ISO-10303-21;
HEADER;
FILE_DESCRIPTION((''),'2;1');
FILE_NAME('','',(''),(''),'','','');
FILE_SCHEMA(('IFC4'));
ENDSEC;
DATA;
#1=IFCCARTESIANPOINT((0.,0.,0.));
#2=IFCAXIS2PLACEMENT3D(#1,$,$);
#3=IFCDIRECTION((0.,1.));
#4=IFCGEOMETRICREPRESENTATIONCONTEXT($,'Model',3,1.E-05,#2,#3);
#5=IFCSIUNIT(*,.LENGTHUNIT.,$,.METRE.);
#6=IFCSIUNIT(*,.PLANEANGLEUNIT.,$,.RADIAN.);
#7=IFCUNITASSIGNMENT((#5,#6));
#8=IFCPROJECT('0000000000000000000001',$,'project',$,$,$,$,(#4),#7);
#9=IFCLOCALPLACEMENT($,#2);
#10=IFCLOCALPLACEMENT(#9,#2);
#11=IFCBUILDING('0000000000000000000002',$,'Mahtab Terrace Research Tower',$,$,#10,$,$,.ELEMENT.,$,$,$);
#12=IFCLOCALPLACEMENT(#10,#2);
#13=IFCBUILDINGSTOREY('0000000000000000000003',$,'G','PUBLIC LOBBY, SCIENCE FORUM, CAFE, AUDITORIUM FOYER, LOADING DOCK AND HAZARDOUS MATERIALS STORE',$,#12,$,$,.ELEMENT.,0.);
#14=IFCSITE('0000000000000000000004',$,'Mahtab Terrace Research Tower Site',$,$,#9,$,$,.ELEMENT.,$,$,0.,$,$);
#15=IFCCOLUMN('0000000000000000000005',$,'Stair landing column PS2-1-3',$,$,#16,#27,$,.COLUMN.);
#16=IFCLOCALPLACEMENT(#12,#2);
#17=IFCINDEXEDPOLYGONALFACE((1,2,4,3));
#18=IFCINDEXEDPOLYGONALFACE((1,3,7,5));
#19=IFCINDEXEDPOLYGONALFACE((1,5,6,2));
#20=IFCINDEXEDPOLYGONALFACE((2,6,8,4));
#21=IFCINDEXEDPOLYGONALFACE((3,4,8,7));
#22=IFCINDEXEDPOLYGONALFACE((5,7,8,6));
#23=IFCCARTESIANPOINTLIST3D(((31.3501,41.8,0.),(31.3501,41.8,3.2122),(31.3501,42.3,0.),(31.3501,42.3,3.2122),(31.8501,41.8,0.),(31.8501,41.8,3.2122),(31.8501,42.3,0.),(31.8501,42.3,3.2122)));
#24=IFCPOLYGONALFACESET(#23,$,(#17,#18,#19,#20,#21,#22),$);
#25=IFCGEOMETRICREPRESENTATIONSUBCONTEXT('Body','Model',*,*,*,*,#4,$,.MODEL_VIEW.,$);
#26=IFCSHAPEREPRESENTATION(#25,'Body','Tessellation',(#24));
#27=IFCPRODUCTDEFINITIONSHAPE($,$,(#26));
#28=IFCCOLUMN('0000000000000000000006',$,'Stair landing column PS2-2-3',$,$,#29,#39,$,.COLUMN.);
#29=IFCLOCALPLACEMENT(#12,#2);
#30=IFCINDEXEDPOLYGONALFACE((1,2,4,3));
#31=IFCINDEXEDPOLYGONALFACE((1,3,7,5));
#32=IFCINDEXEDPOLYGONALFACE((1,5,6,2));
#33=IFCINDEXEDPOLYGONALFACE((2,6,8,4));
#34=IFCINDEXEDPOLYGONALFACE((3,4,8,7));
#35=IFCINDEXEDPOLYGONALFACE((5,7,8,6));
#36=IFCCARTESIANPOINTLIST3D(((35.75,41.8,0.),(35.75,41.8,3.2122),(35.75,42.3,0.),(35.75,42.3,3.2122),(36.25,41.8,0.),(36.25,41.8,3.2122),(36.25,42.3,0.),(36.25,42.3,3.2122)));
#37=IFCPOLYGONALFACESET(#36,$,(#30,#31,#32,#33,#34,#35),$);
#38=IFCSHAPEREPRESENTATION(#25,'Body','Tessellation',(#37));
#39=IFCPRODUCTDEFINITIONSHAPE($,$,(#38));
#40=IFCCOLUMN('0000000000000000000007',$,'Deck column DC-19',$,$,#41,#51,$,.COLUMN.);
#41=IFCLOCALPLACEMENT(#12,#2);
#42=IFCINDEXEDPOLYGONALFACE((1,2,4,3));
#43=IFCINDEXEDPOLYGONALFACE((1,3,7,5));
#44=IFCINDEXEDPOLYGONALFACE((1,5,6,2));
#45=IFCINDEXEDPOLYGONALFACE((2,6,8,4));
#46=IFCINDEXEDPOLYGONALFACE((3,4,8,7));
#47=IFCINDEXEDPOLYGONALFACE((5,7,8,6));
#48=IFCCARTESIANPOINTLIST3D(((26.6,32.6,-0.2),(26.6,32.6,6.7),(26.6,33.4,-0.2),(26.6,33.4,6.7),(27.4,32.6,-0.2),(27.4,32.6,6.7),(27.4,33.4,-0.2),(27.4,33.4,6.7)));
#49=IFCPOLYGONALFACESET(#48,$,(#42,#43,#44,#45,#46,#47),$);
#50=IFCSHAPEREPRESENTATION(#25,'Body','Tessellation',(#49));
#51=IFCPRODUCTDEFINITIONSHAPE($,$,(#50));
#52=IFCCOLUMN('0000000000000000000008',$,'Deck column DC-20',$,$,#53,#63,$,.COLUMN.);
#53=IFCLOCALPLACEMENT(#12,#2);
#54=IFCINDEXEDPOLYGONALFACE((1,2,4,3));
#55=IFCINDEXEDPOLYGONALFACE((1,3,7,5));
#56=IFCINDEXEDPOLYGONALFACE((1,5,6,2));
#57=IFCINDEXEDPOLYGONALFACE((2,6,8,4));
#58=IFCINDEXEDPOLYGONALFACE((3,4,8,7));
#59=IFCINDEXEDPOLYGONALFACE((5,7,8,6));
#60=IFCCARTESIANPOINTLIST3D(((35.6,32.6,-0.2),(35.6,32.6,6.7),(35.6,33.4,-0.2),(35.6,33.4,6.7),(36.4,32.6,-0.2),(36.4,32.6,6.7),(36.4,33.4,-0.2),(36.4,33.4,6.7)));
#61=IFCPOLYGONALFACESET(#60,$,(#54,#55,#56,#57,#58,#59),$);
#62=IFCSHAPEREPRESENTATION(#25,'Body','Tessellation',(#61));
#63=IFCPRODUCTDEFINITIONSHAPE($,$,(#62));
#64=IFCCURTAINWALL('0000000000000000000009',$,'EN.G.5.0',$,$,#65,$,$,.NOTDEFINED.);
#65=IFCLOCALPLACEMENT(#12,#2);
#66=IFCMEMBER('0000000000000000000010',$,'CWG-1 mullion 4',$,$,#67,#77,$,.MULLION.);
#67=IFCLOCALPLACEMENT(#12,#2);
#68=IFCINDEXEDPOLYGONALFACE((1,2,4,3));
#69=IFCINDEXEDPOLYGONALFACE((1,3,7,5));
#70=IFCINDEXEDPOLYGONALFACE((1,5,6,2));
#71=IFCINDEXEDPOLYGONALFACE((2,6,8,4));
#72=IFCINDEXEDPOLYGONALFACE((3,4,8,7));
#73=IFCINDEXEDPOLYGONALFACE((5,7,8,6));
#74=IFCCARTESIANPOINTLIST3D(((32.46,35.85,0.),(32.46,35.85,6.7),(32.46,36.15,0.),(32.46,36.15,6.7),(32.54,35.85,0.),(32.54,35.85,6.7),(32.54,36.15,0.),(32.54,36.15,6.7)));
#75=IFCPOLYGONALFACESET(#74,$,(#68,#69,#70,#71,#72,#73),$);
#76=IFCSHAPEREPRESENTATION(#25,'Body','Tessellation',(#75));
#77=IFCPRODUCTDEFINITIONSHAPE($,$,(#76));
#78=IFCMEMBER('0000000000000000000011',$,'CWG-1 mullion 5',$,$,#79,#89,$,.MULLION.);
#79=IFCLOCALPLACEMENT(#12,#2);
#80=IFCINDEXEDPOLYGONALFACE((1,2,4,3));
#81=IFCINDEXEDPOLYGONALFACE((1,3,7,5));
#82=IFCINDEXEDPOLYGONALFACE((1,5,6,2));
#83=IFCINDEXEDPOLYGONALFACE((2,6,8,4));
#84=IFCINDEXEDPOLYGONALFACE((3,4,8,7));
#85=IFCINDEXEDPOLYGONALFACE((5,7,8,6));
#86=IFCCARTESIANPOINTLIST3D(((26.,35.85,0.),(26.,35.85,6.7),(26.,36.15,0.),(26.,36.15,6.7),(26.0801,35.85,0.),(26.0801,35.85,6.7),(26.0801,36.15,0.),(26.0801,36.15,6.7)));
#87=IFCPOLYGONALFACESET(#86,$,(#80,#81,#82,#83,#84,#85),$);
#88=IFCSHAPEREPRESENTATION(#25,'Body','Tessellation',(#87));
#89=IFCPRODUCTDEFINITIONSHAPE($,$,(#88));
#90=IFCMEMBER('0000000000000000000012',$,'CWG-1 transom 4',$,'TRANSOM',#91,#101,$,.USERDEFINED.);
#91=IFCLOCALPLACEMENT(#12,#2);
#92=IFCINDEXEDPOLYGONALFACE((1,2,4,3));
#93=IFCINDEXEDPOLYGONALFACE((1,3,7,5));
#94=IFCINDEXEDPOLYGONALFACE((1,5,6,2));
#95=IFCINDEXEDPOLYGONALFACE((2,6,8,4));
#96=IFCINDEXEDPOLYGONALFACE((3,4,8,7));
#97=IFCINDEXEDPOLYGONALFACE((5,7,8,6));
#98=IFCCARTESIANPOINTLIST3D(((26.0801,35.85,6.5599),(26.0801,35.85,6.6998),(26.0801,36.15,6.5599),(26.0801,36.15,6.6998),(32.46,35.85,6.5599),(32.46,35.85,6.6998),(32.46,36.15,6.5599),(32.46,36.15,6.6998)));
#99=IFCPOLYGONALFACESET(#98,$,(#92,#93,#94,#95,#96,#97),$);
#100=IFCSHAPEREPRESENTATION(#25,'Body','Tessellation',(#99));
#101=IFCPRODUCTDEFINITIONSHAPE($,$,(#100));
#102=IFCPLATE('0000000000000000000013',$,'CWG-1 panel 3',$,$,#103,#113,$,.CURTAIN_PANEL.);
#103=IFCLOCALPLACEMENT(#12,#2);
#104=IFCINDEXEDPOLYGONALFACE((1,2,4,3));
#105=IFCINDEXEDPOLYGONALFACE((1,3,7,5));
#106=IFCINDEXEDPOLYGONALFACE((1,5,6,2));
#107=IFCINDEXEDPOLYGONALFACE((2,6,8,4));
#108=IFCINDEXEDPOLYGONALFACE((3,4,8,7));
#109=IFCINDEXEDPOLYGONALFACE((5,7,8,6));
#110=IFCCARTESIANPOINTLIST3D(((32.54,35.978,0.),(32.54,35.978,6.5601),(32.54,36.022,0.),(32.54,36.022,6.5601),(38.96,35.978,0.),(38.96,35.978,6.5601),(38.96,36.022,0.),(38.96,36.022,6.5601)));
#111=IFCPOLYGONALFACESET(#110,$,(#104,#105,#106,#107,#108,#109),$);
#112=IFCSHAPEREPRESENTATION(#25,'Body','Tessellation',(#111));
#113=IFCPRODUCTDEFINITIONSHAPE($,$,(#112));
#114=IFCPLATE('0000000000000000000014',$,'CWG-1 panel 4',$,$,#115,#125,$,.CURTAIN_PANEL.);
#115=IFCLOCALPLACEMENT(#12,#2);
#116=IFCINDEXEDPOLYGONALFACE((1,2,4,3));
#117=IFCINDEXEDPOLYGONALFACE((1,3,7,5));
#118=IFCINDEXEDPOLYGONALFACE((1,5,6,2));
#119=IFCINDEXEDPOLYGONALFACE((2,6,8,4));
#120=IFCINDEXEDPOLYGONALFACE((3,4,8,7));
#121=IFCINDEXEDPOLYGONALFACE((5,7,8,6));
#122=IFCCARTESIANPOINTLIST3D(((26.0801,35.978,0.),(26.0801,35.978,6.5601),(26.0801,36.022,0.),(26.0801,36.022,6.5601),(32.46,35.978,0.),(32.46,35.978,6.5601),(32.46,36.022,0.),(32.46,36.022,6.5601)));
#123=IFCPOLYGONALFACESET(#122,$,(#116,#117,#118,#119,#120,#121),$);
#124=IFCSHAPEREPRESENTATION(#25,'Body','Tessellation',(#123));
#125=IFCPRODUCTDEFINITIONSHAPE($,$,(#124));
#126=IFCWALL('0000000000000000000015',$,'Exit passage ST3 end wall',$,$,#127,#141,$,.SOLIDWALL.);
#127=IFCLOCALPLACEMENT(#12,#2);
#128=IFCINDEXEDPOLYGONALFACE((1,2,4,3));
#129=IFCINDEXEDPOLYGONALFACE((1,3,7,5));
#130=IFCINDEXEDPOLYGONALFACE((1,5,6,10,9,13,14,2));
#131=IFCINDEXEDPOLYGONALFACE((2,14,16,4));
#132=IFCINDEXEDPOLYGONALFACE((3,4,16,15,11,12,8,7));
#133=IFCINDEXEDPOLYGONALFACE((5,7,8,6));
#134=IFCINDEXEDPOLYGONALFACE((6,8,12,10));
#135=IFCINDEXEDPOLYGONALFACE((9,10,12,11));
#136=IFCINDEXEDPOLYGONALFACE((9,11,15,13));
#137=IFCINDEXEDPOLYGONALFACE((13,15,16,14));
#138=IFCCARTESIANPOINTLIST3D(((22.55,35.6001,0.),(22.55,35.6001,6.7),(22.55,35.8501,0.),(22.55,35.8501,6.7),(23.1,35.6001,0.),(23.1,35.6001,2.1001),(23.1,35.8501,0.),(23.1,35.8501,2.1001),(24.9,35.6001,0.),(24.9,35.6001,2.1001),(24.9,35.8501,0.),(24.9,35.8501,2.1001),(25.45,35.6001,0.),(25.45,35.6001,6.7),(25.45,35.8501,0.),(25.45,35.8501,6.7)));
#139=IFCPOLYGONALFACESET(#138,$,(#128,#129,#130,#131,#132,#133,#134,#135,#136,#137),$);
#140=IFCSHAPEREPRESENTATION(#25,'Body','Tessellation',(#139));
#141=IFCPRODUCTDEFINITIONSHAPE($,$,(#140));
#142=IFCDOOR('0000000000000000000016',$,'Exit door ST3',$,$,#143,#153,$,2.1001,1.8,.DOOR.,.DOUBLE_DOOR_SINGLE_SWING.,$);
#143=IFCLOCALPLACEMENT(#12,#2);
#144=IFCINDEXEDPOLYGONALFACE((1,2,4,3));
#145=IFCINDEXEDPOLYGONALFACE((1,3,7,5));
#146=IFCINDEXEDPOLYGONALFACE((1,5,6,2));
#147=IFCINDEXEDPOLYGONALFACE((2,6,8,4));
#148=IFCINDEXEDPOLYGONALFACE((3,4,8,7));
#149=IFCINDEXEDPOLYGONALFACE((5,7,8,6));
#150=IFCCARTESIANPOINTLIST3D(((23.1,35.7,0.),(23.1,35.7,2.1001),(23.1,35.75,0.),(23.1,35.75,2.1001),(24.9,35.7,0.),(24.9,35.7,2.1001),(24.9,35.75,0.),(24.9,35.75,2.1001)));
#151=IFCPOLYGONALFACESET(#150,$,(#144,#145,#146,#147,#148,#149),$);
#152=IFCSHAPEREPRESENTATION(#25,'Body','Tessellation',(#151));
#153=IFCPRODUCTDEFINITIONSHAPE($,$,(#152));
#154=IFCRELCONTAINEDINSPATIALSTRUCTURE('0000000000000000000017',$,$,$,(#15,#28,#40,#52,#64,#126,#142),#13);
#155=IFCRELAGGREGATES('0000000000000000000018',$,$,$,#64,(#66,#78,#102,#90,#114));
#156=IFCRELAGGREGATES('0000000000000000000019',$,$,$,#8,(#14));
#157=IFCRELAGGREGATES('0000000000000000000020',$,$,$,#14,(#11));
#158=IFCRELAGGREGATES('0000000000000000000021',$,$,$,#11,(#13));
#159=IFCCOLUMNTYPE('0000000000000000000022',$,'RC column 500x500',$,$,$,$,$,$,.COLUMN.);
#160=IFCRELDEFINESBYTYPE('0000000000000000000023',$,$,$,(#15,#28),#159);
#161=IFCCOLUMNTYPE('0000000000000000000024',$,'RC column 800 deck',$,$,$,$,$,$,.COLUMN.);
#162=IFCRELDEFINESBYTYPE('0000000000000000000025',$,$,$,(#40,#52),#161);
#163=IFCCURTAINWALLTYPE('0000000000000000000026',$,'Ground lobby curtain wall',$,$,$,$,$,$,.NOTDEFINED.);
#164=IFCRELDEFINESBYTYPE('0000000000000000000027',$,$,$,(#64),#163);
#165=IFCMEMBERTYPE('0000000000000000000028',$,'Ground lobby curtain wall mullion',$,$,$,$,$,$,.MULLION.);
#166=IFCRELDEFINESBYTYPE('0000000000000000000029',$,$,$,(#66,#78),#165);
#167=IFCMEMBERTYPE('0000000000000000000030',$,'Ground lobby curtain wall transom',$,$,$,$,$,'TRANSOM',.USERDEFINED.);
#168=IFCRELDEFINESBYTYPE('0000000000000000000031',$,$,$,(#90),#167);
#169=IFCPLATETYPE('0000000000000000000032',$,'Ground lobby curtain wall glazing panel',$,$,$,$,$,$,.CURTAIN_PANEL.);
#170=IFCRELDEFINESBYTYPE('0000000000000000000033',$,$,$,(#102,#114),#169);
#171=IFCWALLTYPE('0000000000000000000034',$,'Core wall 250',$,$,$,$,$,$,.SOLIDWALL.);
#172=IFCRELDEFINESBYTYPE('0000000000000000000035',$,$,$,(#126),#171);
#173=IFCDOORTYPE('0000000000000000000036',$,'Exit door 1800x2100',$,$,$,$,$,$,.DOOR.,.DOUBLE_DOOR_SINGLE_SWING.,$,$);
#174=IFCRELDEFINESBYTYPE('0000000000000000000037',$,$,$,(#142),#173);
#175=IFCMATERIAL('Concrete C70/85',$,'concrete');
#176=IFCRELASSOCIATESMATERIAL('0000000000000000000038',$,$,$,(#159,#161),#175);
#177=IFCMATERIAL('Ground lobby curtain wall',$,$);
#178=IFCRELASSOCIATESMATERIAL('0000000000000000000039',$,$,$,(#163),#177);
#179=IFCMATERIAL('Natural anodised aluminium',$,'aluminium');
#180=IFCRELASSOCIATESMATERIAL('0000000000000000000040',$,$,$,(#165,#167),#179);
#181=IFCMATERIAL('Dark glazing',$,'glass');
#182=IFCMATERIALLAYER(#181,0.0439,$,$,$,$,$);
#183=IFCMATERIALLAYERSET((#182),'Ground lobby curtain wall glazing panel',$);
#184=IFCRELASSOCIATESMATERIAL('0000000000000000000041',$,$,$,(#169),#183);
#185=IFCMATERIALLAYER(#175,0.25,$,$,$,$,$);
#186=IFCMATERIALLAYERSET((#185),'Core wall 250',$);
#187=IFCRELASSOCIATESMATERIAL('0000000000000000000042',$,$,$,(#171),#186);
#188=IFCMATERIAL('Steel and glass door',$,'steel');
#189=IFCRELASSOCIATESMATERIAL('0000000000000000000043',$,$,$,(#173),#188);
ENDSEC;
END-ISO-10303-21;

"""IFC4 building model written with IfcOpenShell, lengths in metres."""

from ifc_helpers import new_model, si_unit, direction, frame, frame_2d, origin, origin_2d, place, context, subcontext, project, spatial, rectangle, extrude, material, layer, layer_set, material_profile, profile_set, type_object, element, fill, aggregate, save


model = new_model("IFC4")

# Units and contexts
model_context = context("Model", 3, precision=1e-05, world=origin(), true_north=direction((0.0, 1.0)))
body_context = subcontext(model_context, "Body", "Model", "MODEL_VIEW")
ifc_project = project(units=[si_unit("LENGTHUNIT", "METRE"), si_unit("PLANEANGLEUNIT", "RADIAN")], contexts=[model_context])

# Site, building, storey
site_placement = place(None, origin())
site = spatial("IfcSite", under=ifc_project, at=site_placement, Name="Mahtab Terrace Research Tower Site", CompositionType="ELEMENT", RefElevation=0.0)
building_placement = place(site_placement, origin())
building = spatial("IfcBuilding", under=site, at=building_placement, Name="Mahtab Terrace Research Tower", CompositionType="ELEMENT")
storey_placement = place(building_placement, origin())
storey = spatial("IfcBuildingStorey", under=building, at=storey_placement, Name="G", Description="PUBLIC LOBBY, SCIENCE FORUM, CAFE, AUDITORIUM FOYER, LOADING DOCK AND HAZARDOUS MATERIALS STORE", CompositionType="ELEMENT", Elevation=0.0)

# Columns
ifc_material_1 = material(Name="Concrete C70/85", Category="concrete")
ifc_material_profile_1 = material_profile(ifc_material_1, rectangle(XDim=0.5, YDim=0.5, at=origin_2d()), Name="RC column 500x500")
ifc_profile_set_1 = profile_set([ifc_material_profile_1], Name="Concrete C70/85")
column_type_1 = type_object("IfcColumnType", Name="RC column 500x500", PredefinedType="COLUMN", material=ifc_profile_set_1)
for number, where, z_axis, x_axis, name in (
    (1, (31.6001, 42.05, 0.0), (0.0, 0.0, 1.0), (1.0, 0.0, 0.0), "Stair landing column PS2-1-3"),
    (2, (36.0, 42.05, 0.0), (0.0, 0.0, 1.0), (1.0, 0.0, 0.0), "Stair landing column PS2-2-3"),
):
    element("IfcColumn", number, at=place(storey_placement, frame(where, z_axis=z_axis, x_axis=x_axis)), inside=storey, type_object=column_type_1, Name=name, PredefinedType="COLUMN", context=body_context, shape_type="SweptSolid", body=[
        extrude(rectangle(XDim=0.5, YDim=0.5, at=origin_2d()), origin(), (0.0, 0.0, 1.0), 3.2122),
    ])
ifc_material_profile_2 = material_profile(ifc_material_1, rectangle(XDim=0.8, YDim=0.8, at=origin_2d()), Name="RC column 800 deck")
ifc_profile_set_2 = profile_set([ifc_material_profile_2], Name="Concrete C70/85")
column_type_2 = type_object("IfcColumnType", Name="RC column 800 deck", PredefinedType="COLUMN", material=ifc_profile_set_2)
for number, where, z_axis, x_axis, name in (
    (3, (27.0, 33.0, -0.2), (0.0, 0.0, 1.0), (1.0, 0.0, 0.0), "Deck column DC-19"),
    (4, (36.0, 33.0, -0.2), (0.0, 0.0, 1.0), (1.0, 0.0, 0.0), "Deck column DC-20"),
):
    element("IfcColumn", number, at=place(storey_placement, frame(where, z_axis=z_axis, x_axis=x_axis)), inside=storey, type_object=column_type_2, Name=name, PredefinedType="COLUMN", context=body_context, shape_type="SweptSolid", body=[
        extrude(rectangle(XDim=0.8, YDim=0.8, at=origin_2d()), origin(), (0.0, 0.0, 1.0), 6.8999),
    ])

# Curtain wall, members, plates
ifc_material_2 = material(Name="Ground lobby curtain wall")
curtain_wall_type = type_object("IfcCurtainWallType", Name="Ground lobby curtain wall", PredefinedType="NOTDEFINED", material=ifc_material_2)
curtain_wall_placement = place(storey_placement, origin())
curtain_wall = element("IfcCurtainWall", 5, at=curtain_wall_placement, inside=storey, type_object=curtain_wall_type, Name="EN.G.5.0", PredefinedType="NOTDEFINED")
ifc_material_3 = material(Name="Natural anodised aluminium", Category="aluminium")
ifc_material_profile_3 = material_profile(ifc_material_3, rectangle(XDim=0.3, YDim=0.0801, at=origin_2d()), Name="MULLION 80x300")
ifc_profile_set_3 = profile_set([ifc_material_profile_3], Name="Natural anodised aluminium")
member_type_1 = type_object("IfcMemberType", Name="Ground lobby curtain wall mullion", PredefinedType="MULLION", material=ifc_profile_set_3)
member_1_placement = place(storey_placement, frame((32.5, 36.0, 0.0), z_axis=(0.0, 0.0, 1.0), x_axis=(0.0, -1.0, 0.0)))
member_1 = element("IfcMember", 6, at=member_1_placement, type_object=member_type_1, Name="CWG-1 mullion 4", PredefinedType="MULLION", context=body_context, shape_type="SweptSolid", body=[
    extrude(rectangle(XDim=0.3, YDim=0.0801, at=origin_2d()), origin(), (0.0, 0.0, 1.0), 6.7),
])
member_2_placement = place(storey_placement, frame((26.04, 36.0, 0.0), z_axis=(0.0, 0.0, 1.0), x_axis=(0.0, -1.0, 0.0)))
member_2 = element("IfcMember", 7, at=member_2_placement, type_object=member_type_1, Name="CWG-1 mullion 5", PredefinedType="MULLION", context=body_context, shape_type="SweptSolid", body=[
    extrude(rectangle(XDim=0.3, YDim=0.0801, at=origin_2d()), origin(), (0.0, 0.0, 1.0), 6.7),
])
ifc_material_profile_4 = material_profile(ifc_material_3, rectangle(XDim=0.3, YDim=0.1399, at=origin_2d()), Name="TRANSOM 140x300")
ifc_profile_set_4 = profile_set([ifc_material_profile_4], Name="Natural anodised aluminium")
member_type_2 = type_object("IfcMemberType", Name="Ground lobby curtain wall transom", ElementType="TRANSOM", PredefinedType="USERDEFINED", material=ifc_profile_set_4)
member_3_placement = place(storey_placement, frame((32.46, 36.0, 6.6299), z_axis=(-1.0, 0.0, 0.0), x_axis=(0.0, -1.0, 0.0)))
member_3 = element("IfcMember", 8, at=member_3_placement, type_object=member_type_2, Name="CWG-1 transom 4", ObjectType="TRANSOM", PredefinedType="USERDEFINED", context=body_context, shape_type="SweptSolid", body=[
    extrude(rectangle(XDim=0.3, YDim=0.1399, at=origin_2d()), origin(), (0.0, 0.0, 1.0), 6.3799),
])
ifc_material_4 = material(Name="Dark glazing", Category="glass")
ifc_layer_1 = layer(ifc_material_4, 0.0439)
ifc_layer_set_1 = layer_set([ifc_layer_1], Name="Ground lobby curtain wall glazing panel")
plate_type = type_object("IfcPlateType", Name="Ground lobby curtain wall glazing panel", PredefinedType="CURTAIN_PANEL", material=ifc_layer_set_1)
plate_1_placement = place(storey_placement, frame((35.75, 36.0, 0.0), z_axis=(0.0, 0.0, 1.0), x_axis=(-1.0, 0.0, 0.0)))
plate_1 = element("IfcPlate", 9, at=plate_1_placement, type_object=plate_type, Name="CWG-1 panel 3", PredefinedType="CURTAIN_PANEL", context=body_context, shape_type="SweptSolid", body=[
    extrude(rectangle(XDim=6.4199, YDim=0.0439, at=origin_2d()), origin(), (0.0, 0.0, 1.0), 6.5601),
])
plate_2_placement = place(storey_placement, frame((29.27, 36.0, 0.0), z_axis=(0.0, 0.0, 1.0), x_axis=(-1.0, 0.0, 0.0)))
plate_2 = element("IfcPlate", 10, at=plate_2_placement, type_object=plate_type, Name="CWG-1 panel 4", PredefinedType="CURTAIN_PANEL", context=body_context, shape_type="SweptSolid", body=[
    extrude(rectangle(XDim=6.3799, YDim=0.0439, at=origin_2d()), origin(), (0.0, 0.0, 1.0), 6.5601),
])
aggregate(curtain_wall, [member_1, member_2, plate_1, member_3, plate_2])

# Wall, opening, door
ifc_layer_2 = layer(ifc_material_1, 0.25)
ifc_layer_set_2 = layer_set([ifc_layer_2], Name="Core wall 250")
wall_type_1 = type_object("IfcWallType", Name="Core wall 250", PredefinedType="SOLIDWALL", material=ifc_layer_set_2)
wall_1_placement = place(storey_placement, frame((22.55, 35.7251, 0.0), z_axis=(0.0, 0.0, 1.0), x_axis=(1.0, 0.0, 0.0)))
wall_1 = element("IfcWall", 11, at=wall_1_placement, inside=storey, type_object=wall_type_1, Name="Exit passage ST3 end wall", PredefinedType="SOLIDWALL", context=body_context, shape_type="SweptSolid", body=[
    extrude(rectangle(XDim=2.8999, YDim=0.25, at=frame_2d((1.45, 0.0))), origin(), (0.0, 0.0, 1.0), 6.7),
])
opening_1_placement = place(wall_1_placement, frame((0.55, 0.0, 0.0)))
opening_1 = element("IfcOpeningElement", 12, at=opening_1_placement, cuts=wall_1, PredefinedType="OPENING", context=body_context, shape_type="SweptSolid", body=[
    extrude(rectangle(XDim=1.8, YDim=2.1001, at=frame_2d((0.8999, 1.05))), frame((0.0, 0.135, 0.0), z_axis=(0.0, -1.0, 0.0), x_axis=(1.0, 0.0, 0.0)), (0.0, 0.0, 1.0), 0.27),
])
ifc_material_5 = material(Name="Steel and glass door", Category="steel")
door_type_1 = type_object("IfcDoorType", Name="Exit door 1800x2100", OperationType="DOUBLE_DOOR_SINGLE_SWING", PredefinedType="DOOR", material=ifc_material_5)
door_1_placement = place(opening_1_placement, origin())
door_1 = element("IfcDoor", 13, at=door_1_placement, inside=storey, type_object=door_type_1, Name="Exit door ST3", OperationType="DOUBLE_DOOR_SINGLE_SWING", OverallHeight=2.1001, OverallWidth=1.8, PredefinedType="DOOR", context=body_context, shape_type="SweptSolid", body=[
    extrude(rectangle(XDim=1.8, YDim=2.1001, at=frame_2d((0.8999, 1.05))), frame((0.0, 0.0249, 0.0), z_axis=(0.0, -1.0, 0.0), x_axis=(1.0, 0.0, 0.0)), (0.0, 0.0, 1.0), 0.05),
])
fill(opening_1, door_1)

save(model, "model.ifc")
